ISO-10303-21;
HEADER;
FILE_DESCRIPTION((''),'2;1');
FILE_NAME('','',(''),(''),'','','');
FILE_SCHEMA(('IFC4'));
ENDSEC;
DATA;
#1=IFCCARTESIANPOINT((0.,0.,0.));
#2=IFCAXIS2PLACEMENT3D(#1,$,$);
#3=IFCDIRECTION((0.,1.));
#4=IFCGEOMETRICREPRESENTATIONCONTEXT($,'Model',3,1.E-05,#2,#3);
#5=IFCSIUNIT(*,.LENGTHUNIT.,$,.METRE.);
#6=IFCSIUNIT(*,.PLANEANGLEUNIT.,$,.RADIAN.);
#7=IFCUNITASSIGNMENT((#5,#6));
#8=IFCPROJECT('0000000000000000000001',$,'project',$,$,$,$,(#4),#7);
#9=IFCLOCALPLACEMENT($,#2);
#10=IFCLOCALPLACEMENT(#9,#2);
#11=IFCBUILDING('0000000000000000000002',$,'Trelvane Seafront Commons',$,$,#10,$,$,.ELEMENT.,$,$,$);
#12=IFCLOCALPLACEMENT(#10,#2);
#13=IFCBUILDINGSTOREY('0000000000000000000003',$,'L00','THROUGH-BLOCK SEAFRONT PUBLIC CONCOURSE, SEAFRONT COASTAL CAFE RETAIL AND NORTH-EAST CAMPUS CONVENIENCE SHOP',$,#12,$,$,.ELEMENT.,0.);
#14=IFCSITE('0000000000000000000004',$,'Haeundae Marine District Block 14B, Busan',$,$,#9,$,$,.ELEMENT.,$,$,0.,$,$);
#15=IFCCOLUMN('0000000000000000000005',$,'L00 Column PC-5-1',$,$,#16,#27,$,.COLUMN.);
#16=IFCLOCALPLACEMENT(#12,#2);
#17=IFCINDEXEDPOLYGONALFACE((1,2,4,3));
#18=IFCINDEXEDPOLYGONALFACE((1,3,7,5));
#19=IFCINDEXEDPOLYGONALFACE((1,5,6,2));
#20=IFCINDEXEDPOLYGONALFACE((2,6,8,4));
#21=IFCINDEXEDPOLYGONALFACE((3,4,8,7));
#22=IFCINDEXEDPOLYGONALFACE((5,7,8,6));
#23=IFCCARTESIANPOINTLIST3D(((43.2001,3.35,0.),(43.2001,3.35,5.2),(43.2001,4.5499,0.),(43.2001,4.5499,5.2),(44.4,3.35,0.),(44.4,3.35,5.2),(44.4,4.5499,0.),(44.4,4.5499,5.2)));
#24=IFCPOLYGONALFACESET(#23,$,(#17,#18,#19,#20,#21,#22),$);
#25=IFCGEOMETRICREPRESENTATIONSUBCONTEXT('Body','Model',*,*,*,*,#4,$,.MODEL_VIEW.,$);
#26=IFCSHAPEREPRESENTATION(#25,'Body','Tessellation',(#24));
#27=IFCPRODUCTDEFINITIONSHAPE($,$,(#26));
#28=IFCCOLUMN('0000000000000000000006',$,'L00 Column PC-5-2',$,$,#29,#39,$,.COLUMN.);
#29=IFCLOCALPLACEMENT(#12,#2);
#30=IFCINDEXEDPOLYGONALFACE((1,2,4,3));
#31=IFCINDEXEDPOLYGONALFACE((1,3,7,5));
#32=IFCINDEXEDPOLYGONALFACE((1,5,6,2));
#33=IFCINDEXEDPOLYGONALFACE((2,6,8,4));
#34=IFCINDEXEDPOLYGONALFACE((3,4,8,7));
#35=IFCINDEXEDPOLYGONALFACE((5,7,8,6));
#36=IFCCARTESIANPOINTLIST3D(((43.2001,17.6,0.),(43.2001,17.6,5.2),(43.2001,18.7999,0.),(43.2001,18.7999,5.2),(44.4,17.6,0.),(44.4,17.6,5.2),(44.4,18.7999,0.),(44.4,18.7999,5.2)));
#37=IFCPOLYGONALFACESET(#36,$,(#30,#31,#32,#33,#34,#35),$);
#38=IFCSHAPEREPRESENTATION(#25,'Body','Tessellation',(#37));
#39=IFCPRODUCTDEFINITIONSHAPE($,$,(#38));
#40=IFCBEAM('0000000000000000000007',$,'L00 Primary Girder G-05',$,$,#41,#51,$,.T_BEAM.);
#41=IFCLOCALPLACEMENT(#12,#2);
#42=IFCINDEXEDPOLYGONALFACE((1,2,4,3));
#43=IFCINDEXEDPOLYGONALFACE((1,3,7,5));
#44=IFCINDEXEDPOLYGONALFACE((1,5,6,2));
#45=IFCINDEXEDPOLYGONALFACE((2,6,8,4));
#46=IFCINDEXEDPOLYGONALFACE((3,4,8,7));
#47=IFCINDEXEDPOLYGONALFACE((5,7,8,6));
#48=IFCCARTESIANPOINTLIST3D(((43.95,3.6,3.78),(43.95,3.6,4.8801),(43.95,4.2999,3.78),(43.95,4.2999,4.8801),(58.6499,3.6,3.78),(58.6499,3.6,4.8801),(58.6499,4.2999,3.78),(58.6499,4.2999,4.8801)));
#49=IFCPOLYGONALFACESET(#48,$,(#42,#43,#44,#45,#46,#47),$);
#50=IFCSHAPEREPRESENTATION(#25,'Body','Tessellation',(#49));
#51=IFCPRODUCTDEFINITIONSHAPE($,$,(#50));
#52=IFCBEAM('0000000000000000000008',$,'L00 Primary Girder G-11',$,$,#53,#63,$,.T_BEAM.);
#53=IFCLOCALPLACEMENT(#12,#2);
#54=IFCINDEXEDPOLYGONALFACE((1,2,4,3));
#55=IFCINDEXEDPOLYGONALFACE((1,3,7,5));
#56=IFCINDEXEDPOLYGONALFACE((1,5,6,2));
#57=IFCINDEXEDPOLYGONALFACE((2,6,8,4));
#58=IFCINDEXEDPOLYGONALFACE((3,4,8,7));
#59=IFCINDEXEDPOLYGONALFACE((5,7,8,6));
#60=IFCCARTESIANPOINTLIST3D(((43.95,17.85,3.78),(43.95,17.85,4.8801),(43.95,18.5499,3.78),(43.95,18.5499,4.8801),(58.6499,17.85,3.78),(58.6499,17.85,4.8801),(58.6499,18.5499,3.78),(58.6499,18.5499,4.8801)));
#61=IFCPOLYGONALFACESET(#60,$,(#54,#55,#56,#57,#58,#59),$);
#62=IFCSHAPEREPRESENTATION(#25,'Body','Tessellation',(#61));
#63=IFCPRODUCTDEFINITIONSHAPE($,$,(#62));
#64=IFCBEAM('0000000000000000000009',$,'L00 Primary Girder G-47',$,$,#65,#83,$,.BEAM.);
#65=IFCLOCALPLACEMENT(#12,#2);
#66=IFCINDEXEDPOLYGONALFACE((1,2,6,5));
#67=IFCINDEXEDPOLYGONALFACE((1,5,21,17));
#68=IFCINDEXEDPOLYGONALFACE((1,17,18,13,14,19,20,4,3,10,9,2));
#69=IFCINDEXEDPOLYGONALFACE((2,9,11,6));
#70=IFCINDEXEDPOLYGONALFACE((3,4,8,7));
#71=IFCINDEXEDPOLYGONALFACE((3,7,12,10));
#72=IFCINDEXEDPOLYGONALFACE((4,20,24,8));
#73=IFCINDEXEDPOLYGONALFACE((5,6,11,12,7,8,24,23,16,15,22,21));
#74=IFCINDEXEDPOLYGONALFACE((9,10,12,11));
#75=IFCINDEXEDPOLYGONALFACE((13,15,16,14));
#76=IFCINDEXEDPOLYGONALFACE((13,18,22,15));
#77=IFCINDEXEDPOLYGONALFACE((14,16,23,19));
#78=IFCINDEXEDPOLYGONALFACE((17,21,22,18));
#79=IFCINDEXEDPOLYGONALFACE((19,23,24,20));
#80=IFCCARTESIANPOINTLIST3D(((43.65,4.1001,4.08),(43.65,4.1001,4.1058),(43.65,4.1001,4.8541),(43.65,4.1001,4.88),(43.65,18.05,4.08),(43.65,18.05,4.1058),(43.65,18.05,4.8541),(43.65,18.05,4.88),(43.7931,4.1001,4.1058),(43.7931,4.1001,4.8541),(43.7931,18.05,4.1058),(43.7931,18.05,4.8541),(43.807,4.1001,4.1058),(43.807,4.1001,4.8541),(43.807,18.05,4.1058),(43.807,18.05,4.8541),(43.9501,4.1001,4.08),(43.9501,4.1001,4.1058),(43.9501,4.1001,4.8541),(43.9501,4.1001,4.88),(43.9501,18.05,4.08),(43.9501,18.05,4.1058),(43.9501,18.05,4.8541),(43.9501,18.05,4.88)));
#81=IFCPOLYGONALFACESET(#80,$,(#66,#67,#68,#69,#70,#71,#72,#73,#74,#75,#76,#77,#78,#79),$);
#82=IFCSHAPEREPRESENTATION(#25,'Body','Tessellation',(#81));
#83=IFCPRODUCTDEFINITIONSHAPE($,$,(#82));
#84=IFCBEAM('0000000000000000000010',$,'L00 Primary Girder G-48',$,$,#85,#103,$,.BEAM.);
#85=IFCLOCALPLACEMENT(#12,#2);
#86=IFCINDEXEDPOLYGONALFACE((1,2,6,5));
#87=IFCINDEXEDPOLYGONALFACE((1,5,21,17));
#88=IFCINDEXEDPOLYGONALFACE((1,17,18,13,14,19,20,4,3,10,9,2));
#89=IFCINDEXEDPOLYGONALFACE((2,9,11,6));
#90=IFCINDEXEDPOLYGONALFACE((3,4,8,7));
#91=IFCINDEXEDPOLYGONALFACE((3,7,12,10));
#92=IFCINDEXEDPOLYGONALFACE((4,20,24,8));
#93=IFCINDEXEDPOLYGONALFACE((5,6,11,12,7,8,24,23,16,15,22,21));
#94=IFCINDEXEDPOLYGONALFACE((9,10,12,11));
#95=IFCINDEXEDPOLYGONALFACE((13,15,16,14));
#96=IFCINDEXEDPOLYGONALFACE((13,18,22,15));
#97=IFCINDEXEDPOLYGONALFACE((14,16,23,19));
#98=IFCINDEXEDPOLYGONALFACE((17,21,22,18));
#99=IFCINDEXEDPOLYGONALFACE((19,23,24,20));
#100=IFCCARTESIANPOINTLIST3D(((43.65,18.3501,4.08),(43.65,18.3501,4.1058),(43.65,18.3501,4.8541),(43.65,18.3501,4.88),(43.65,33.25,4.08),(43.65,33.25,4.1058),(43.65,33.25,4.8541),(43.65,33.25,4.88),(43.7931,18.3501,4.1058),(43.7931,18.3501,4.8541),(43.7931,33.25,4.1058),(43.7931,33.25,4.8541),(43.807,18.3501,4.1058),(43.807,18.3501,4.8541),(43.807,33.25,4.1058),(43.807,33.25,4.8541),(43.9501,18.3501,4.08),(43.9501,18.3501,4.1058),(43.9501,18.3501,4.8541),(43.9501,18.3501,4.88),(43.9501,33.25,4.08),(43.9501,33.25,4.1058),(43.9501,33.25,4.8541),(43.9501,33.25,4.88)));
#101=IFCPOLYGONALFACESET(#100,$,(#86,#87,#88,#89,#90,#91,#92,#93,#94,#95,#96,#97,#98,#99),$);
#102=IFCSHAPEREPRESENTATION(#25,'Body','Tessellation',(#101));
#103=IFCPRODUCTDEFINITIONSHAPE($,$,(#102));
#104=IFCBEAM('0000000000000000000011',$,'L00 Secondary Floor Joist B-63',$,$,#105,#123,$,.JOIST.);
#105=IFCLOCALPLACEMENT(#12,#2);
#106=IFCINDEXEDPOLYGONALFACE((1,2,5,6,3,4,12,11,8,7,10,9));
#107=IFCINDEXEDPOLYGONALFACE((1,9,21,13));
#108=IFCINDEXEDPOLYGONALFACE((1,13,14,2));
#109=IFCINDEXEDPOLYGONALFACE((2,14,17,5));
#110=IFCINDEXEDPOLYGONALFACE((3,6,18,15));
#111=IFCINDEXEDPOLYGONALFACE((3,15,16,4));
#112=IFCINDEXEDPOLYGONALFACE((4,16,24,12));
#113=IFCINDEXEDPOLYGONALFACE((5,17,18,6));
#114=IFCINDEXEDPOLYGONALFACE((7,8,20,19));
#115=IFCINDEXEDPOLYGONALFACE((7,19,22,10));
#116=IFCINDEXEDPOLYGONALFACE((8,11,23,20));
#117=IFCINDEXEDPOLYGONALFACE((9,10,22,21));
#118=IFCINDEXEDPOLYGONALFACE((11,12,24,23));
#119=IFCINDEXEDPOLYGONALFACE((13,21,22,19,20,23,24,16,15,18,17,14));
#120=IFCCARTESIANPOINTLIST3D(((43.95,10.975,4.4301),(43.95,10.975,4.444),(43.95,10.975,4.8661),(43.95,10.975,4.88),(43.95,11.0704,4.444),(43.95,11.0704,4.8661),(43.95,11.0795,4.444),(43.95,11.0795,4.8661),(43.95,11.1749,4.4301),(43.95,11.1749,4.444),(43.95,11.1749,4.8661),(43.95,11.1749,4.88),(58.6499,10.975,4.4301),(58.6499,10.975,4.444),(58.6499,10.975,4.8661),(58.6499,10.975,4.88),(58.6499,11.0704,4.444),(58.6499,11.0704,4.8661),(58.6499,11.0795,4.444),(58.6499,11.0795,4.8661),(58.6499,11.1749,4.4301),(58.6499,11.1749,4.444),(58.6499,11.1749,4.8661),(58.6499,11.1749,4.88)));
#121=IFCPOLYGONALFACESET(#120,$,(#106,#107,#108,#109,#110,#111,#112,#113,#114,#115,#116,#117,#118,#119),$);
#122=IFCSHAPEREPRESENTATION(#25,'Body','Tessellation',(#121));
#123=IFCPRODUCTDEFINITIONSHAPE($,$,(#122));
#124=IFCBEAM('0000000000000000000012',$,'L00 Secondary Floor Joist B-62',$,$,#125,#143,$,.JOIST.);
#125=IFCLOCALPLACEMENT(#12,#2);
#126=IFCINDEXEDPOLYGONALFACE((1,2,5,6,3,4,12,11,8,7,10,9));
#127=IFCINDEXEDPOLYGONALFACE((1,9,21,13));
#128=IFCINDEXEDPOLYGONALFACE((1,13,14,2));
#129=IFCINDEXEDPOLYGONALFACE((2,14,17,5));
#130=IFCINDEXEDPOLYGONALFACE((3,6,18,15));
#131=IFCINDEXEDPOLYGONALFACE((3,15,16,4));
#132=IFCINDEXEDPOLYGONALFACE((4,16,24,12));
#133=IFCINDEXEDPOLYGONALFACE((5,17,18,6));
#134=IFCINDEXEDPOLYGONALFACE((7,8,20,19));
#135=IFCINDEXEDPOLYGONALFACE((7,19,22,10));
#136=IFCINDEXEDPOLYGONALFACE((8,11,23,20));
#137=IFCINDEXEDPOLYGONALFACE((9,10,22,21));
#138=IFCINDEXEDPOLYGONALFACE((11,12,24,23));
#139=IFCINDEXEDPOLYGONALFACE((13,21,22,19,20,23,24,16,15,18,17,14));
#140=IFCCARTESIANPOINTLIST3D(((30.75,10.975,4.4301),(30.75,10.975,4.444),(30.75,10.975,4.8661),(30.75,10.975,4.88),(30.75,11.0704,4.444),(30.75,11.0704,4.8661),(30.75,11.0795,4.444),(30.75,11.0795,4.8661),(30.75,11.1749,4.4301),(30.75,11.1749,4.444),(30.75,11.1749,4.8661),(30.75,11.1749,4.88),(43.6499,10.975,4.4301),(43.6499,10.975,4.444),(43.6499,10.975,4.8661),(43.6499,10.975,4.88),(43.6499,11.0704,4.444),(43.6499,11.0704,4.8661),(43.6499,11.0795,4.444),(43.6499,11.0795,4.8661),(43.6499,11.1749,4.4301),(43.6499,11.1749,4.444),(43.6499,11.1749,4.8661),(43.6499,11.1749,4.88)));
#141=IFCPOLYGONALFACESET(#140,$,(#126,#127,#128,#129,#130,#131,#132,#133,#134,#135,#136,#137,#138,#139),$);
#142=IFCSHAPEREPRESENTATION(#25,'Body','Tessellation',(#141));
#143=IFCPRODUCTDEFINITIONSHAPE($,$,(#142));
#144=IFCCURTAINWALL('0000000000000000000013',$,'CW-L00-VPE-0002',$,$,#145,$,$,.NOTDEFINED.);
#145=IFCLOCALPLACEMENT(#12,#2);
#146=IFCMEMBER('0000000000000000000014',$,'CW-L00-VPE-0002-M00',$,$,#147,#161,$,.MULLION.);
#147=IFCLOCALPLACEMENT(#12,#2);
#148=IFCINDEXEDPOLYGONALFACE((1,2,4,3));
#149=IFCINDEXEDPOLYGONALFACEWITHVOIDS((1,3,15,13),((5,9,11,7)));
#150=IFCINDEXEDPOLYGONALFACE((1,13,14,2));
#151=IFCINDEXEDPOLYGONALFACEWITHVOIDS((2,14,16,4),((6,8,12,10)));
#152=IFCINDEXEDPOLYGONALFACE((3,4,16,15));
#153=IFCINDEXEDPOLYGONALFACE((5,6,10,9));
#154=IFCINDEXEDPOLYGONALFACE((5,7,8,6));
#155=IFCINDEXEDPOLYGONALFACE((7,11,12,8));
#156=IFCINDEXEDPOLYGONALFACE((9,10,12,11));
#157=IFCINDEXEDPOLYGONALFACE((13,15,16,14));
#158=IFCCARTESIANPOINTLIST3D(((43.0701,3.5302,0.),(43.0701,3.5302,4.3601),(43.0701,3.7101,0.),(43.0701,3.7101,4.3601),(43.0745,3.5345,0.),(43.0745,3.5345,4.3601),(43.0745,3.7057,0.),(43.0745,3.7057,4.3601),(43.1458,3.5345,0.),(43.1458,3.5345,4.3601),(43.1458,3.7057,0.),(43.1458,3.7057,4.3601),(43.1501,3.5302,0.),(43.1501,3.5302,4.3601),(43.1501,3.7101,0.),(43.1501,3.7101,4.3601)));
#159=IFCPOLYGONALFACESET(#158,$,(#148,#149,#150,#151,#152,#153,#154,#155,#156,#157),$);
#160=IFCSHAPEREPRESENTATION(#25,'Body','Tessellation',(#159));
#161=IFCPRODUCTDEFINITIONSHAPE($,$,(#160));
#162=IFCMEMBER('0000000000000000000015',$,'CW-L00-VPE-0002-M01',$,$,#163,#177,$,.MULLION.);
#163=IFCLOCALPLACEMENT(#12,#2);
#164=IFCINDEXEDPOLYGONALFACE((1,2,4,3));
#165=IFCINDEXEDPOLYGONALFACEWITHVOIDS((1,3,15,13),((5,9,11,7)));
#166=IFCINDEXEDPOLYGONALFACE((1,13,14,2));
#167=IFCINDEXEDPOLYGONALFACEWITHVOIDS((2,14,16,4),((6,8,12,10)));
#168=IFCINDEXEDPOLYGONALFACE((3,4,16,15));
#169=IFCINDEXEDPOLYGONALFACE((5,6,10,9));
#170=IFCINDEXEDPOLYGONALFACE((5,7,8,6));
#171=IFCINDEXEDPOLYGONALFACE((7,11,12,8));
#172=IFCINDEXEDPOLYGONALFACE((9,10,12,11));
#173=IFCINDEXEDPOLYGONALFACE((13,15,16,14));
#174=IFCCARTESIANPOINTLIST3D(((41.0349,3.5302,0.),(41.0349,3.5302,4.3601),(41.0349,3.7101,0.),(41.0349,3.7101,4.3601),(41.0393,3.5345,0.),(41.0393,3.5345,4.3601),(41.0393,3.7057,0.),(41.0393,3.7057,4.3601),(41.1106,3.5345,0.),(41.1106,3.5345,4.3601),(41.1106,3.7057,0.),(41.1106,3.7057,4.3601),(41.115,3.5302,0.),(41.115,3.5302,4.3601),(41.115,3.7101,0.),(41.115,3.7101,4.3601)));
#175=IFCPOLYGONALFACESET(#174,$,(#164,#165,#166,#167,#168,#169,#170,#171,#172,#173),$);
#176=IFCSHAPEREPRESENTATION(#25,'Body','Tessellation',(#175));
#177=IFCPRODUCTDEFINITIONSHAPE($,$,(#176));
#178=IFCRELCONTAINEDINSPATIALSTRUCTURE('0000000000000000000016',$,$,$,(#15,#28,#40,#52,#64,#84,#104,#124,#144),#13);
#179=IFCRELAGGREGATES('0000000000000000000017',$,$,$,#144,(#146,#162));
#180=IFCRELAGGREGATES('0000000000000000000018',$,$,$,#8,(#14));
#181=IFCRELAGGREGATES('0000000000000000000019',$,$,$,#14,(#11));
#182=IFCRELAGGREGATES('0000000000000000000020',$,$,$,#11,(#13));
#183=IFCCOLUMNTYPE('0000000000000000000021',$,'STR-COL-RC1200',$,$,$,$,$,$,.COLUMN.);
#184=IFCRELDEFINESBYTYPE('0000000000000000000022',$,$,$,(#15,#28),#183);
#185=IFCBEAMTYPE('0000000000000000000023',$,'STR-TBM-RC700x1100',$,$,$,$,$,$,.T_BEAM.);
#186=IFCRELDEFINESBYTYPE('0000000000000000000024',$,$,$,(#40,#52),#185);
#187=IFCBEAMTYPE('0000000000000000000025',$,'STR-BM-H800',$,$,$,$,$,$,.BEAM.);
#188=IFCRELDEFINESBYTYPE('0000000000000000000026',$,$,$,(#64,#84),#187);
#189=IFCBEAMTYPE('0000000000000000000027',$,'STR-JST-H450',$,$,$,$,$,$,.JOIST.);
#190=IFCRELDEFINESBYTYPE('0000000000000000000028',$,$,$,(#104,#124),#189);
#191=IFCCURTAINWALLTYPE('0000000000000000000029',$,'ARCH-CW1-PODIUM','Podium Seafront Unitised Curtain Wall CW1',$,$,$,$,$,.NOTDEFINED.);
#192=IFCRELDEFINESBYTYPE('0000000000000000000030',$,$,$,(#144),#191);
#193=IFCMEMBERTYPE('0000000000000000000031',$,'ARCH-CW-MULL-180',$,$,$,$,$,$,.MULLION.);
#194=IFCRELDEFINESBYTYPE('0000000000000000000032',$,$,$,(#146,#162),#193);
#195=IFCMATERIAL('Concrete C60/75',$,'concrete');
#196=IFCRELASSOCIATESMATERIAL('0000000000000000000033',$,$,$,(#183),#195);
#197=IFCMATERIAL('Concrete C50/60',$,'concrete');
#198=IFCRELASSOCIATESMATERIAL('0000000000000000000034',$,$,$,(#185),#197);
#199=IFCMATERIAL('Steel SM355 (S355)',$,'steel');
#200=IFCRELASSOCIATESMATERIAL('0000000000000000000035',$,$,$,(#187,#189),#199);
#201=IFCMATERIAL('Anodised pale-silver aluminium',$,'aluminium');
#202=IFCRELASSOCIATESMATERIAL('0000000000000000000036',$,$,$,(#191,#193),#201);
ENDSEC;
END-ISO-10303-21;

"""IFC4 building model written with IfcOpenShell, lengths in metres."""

from ifc_helpers import new_model, si_unit, direction, frame, origin, origin_2d, place, context, subcontext, project, spatial, rectangle, hollow_rectangle, i_section, extrude, source, transform, mapped, material, material_profile, profile_set, type_object, element, aggregate, save


model = new_model("IFC4")

# Units and contexts
model_context = context("Model", 3, precision=1e-05, world=origin(), true_north=direction((0.0, 1.0)))
body_context = subcontext(model_context, "Body", "Model", "MODEL_VIEW")
ifc_project = project(units=[si_unit("LENGTHUNIT", "METRE"), si_unit("PLANEANGLEUNIT", "RADIAN")], contexts=[model_context])

# Site, building, storey
site_placement = place(None, origin())
site = spatial("IfcSite", under=ifc_project, at=site_placement, Name="Haeundae Marine District Block 14B, Busan", CompositionType="ELEMENT", RefElevation=0.0)
building_placement = place(site_placement, origin())
building = spatial("IfcBuilding", under=site, at=building_placement, Name="Trelvane Seafront Commons", CompositionType="ELEMENT")
storey_placement = place(building_placement, origin())
storey = spatial("IfcBuildingStorey", under=building, at=storey_placement, Name="L00", Description="THROUGH-BLOCK SEAFRONT PUBLIC CONCOURSE, SEAFRONT COASTAL CAFE RETAIL AND NORTH-EAST CAMPUS CONVENIENCE SHOP", CompositionType="ELEMENT", Elevation=0.0)

# Columns
ifc_material_1 = material(Name="Concrete C60/75", Category="concrete")
ifc_material_profile_1 = material_profile(ifc_material_1, rectangle(XDim=1.2, YDim=1.2, at=origin_2d()), Name="RC-1200x1200")
ifc_profile_set_1 = profile_set([ifc_material_profile_1], Name="Concrete C60/75")
column_type = type_object("IfcColumnType", Name="STR-COL-RC1200", PredefinedType="COLUMN", material=ifc_profile_set_1)
shared_shape_1 = source(origin(), body_context, "Body", "SweptSolid", [
    extrude(rectangle(XDim=1.2, YDim=1.2, at=origin_2d()), origin(), (0.0, 0.0, 1.0), 5.2),
])
for number, where, z_axis, x_axis, name in (
    (1, (43.8, 3.95, 0.0), (0.0, 0.0, 1.0), (1.0, 0.0, 0.0), "L00 Column PC-5-1"),
    (2, (43.8, 18.2, 0.0), (0.0, 0.0, 1.0), (1.0, 0.0, 0.0), "L00 Column PC-5-2"),
):
    element("IfcColumn", number, at=place(storey_placement, frame(where, z_axis=z_axis, x_axis=x_axis)), inside=storey, type_object=column_type, Name=name, PredefinedType="COLUMN", context=body_context, shape_type="MappedRepresentation", body=[
        mapped(shared_shape_1, transform((0.0, 0.0, 0.0), x_axis=(1.0, 0.0, 0.0), y_axis=(0.0, 1.0, 0.0), z_axis=(0.0, 0.0, 1.0), scale=1.0)),
    ])

# Beams
ifc_material_2 = material(Name="Concrete C50/60", Category="concrete")
ifc_material_profile_2 = material_profile(ifc_material_2, rectangle(XDim=0.7, YDim=1.1001, at=origin_2d()), Name="RC-700x1100")
ifc_profile_set_2 = profile_set([ifc_material_profile_2], Name="Concrete C50/60")
beam_type_1 = type_object("IfcBeamType", Name="STR-TBM-RC700x1100", PredefinedType="T_BEAM", material=ifc_profile_set_2)
shared_shape_2 = source(origin(), body_context, "Body", "SweptSolid", [
    extrude(rectangle(XDim=0.7, YDim=1.1001, at=origin_2d()), origin(), (0.0, 0.0, 1.0), 14.7),
])
for number, where, z_axis, x_axis, name in (
    (3, (43.95, 3.95, 4.3301), (1.0, 0.0, 0.0), (0.0, 1.0, 0.0), "L00 Primary Girder G-05"),
    (4, (43.95, 18.2, 4.3301), (1.0, 0.0, 0.0), (0.0, 1.0, 0.0), "L00 Primary Girder G-11"),
):
    element("IfcBeam", number, at=place(storey_placement, frame(where, z_axis=z_axis, x_axis=x_axis)), inside=storey, type_object=beam_type_1, Name=name, PredefinedType="T_BEAM", context=body_context, shape_type="MappedRepresentation", body=[
        mapped(shared_shape_2, transform((0.0, 0.0, 0.0), x_axis=(1.0, 0.0, 0.0), y_axis=(0.0, 1.0, 0.0), z_axis=(0.0, 0.0, 1.0), scale=1.0)),
    ])
ifc_material_3 = material(Name="Steel SM355 (S355)", Category="steel")
ifc_material_profile_3 = material_profile(ifc_material_3, i_section(OverallWidth=0.3, OverallDepth=0.8, WebThickness=0.0139, FlangeThickness=0.0259, at=origin_2d()), Name="H-800x300x14x26")
ifc_profile_set_3 = profile_set([ifc_material_profile_3], Name="Steel SM355 (S355)")
beam_type_2 = type_object("IfcBeamType", Name="STR-BM-H800", PredefinedType="BEAM", material=ifc_profile_set_3)
shared_shape_3 = source(origin(), body_context, "Body", "SweptSolid", [
    extrude(i_section(OverallWidth=0.3, OverallDepth=0.8, WebThickness=0.0139, FlangeThickness=0.0259, at=origin_2d()), origin(), (0.0, 0.0, 1.0), 13.95),
])
beam_1_placement = place(storey_placement, frame((43.8, 4.1001, 4.48), z_axis=(0.0, 1.0, 0.0), x_axis=(-1.0, 0.0, 0.0)))
element("IfcBeam", 5, at=beam_1_placement, inside=storey, type_object=beam_type_2, Name="L00 Primary Girder G-47", PredefinedType="BEAM", context=body_context, shape_type="MappedRepresentation", body=[
    mapped(shared_shape_3, transform((0.0, 0.0, 0.0), x_axis=(1.0, 0.0, 0.0), y_axis=(0.0, 1.0, 0.0), z_axis=(0.0, 0.0, 1.0), scale=1.0)),
])
shared_shape_4 = source(origin(), body_context, "Body", "SweptSolid", [
    extrude(i_section(OverallWidth=0.3, OverallDepth=0.8, WebThickness=0.0139, FlangeThickness=0.0259, at=origin_2d()), origin(), (0.0, 0.0, 1.0), 14.8999),
])
beam_2_placement = place(storey_placement, frame((43.8, 18.3501, 4.48), z_axis=(0.0, 1.0, 0.0), x_axis=(-1.0, 0.0, 0.0)))
element("IfcBeam", 6, at=beam_2_placement, inside=storey, type_object=beam_type_2, Name="L00 Primary Girder G-48", PredefinedType="BEAM", context=body_context, shape_type="MappedRepresentation", body=[
    mapped(shared_shape_4, transform((0.0, 0.0, 0.0), x_axis=(1.0, 0.0, 0.0), y_axis=(0.0, 1.0, 0.0), z_axis=(0.0, 0.0, 1.0), scale=1.0)),
])
ifc_material_profile_4 = material_profile(ifc_material_3, i_section(OverallWidth=0.2, OverallDepth=0.45, WebThickness=0.009, FlangeThickness=0.0139, at=origin_2d()), Name="H-450x200x9x14")
ifc_profile_set_4 = profile_set([ifc_material_profile_4], Name="Steel SM355 (S355)")
beam_type_3 = type_object("IfcBeamType", Name="STR-JST-H450", PredefinedType="JOIST", material=ifc_profile_set_4)
shared_shape_5 = source(origin(), body_context, "Body", "SweptSolid", [
    extrude(i_section(OverallWidth=0.2, OverallDepth=0.45, WebThickness=0.009, FlangeThickness=0.0139, at=origin_2d()), origin(), (0.0, 0.0, 1.0), 14.7),
])
beam_3_placement = place(storey_placement, frame((43.95, 11.075, 4.655), z_axis=(1.0, 0.0, 0.0), x_axis=(0.0, 1.0, 0.0)))
element("IfcBeam", 7, at=beam_3_placement, inside=storey, type_object=beam_type_3, Name="L00 Secondary Floor Joist B-63", PredefinedType="JOIST", context=body_context, shape_type="MappedRepresentation", body=[
    mapped(shared_shape_5, transform((0.0, 0.0, 0.0), x_axis=(1.0, 0.0, 0.0), y_axis=(0.0, 1.0, 0.0), z_axis=(0.0, 0.0, 1.0), scale=1.0)),
])
shared_shape_6 = source(origin(), body_context, "Body", "SweptSolid", [
    extrude(i_section(OverallWidth=0.2, OverallDepth=0.45, WebThickness=0.009, FlangeThickness=0.0139, at=origin_2d()), origin(), (0.0, 0.0, 1.0), 12.8999),
])
beam_4_placement = place(storey_placement, frame((30.75, 11.075, 4.655), z_axis=(1.0, 0.0, 0.0), x_axis=(0.0, 1.0, 0.0)))
element("IfcBeam", 8, at=beam_4_placement, inside=storey, type_object=beam_type_3, Name="L00 Secondary Floor Joist B-62", PredefinedType="JOIST", context=body_context, shape_type="MappedRepresentation", body=[
    mapped(shared_shape_6, transform((0.0, 0.0, 0.0), x_axis=(1.0, 0.0, 0.0), y_axis=(0.0, 1.0, 0.0), z_axis=(0.0, 0.0, 1.0), scale=1.0)),
])

# Curtain wall, members
ifc_material_4 = material(Name="Anodised pale-silver aluminium", Category="aluminium")
curtain_wall_type = type_object("IfcCurtainWallType", Name="ARCH-CW1-PODIUM", Description="Podium Seafront Unitised Curtain Wall CW1", PredefinedType="NOTDEFINED", material=ifc_material_4)
curtain_wall_1_placement = place(storey_placement, origin())
curtain_wall_1 = element("IfcCurtainWall", 9, at=curtain_wall_1_placement, inside=storey, type_object=curtain_wall_type, Name="CW-L00-VPE-0002", PredefinedType="NOTDEFINED")
ifc_material_profile_5 = material_profile(ifc_material_4, hollow_rectangle(XDim=0.0801, YDim=0.1799, WallThickness=0.0044, at=origin_2d()), Name="MULL-80x180x4.5")
ifc_profile_set_5 = profile_set([ifc_material_profile_5], Name="Anodised pale-silver aluminium")
member_type_1 = type_object("IfcMemberType", Name="ARCH-CW-MULL-180", PredefinedType="MULLION", material=ifc_profile_set_5)
shared_shape_7 = source(origin(), body_context, "Body", "SweptSolid", [
    extrude(hollow_rectangle(XDim=0.0801, YDim=0.1799, WallThickness=0.0044, at=origin_2d()), origin(), (0.0, 0.0, 1.0), 4.3601),
])
member_1_placement = place(storey_placement, frame((43.1101, 3.6201, 0.0), z_axis=(0.0, 0.0, 1.0), x_axis=(1.0, 0.0, 0.0)))
member_1 = element("IfcMember", 10, at=member_1_placement, type_object=member_type_1, Name="CW-L00-VPE-0002-M00", PredefinedType="MULLION", context=body_context, shape_type="MappedRepresentation", body=[
    mapped(shared_shape_7, transform((0.0, 0.0, 0.0), x_axis=(1.0, 0.0, 0.0), y_axis=(0.0, 1.0, 0.0), z_axis=(0.0, 0.0, 1.0), scale=1.0)),
])
member_2_placement = place(storey_placement, frame((41.075, 3.6201, 0.0), z_axis=(0.0, 0.0, 1.0), x_axis=(1.0, 0.0, 0.0)))
member_2 = element("IfcMember", 11, at=member_2_placement, type_object=member_type_1, Name="CW-L00-VPE-0002-M01", PredefinedType="MULLION", context=body_context, shape_type="MappedRepresentation", body=[
    mapped(shared_shape_7, transform((0.0, 0.0, 0.0), x_axis=(1.0, 0.0, 0.0), y_axis=(0.0, 1.0, 0.0), z_axis=(0.0, 0.0, 1.0), scale=1.0)),
])

aggregate(curtain_wall_1, [member_1, member_2])

save(model, "model.ifc")
